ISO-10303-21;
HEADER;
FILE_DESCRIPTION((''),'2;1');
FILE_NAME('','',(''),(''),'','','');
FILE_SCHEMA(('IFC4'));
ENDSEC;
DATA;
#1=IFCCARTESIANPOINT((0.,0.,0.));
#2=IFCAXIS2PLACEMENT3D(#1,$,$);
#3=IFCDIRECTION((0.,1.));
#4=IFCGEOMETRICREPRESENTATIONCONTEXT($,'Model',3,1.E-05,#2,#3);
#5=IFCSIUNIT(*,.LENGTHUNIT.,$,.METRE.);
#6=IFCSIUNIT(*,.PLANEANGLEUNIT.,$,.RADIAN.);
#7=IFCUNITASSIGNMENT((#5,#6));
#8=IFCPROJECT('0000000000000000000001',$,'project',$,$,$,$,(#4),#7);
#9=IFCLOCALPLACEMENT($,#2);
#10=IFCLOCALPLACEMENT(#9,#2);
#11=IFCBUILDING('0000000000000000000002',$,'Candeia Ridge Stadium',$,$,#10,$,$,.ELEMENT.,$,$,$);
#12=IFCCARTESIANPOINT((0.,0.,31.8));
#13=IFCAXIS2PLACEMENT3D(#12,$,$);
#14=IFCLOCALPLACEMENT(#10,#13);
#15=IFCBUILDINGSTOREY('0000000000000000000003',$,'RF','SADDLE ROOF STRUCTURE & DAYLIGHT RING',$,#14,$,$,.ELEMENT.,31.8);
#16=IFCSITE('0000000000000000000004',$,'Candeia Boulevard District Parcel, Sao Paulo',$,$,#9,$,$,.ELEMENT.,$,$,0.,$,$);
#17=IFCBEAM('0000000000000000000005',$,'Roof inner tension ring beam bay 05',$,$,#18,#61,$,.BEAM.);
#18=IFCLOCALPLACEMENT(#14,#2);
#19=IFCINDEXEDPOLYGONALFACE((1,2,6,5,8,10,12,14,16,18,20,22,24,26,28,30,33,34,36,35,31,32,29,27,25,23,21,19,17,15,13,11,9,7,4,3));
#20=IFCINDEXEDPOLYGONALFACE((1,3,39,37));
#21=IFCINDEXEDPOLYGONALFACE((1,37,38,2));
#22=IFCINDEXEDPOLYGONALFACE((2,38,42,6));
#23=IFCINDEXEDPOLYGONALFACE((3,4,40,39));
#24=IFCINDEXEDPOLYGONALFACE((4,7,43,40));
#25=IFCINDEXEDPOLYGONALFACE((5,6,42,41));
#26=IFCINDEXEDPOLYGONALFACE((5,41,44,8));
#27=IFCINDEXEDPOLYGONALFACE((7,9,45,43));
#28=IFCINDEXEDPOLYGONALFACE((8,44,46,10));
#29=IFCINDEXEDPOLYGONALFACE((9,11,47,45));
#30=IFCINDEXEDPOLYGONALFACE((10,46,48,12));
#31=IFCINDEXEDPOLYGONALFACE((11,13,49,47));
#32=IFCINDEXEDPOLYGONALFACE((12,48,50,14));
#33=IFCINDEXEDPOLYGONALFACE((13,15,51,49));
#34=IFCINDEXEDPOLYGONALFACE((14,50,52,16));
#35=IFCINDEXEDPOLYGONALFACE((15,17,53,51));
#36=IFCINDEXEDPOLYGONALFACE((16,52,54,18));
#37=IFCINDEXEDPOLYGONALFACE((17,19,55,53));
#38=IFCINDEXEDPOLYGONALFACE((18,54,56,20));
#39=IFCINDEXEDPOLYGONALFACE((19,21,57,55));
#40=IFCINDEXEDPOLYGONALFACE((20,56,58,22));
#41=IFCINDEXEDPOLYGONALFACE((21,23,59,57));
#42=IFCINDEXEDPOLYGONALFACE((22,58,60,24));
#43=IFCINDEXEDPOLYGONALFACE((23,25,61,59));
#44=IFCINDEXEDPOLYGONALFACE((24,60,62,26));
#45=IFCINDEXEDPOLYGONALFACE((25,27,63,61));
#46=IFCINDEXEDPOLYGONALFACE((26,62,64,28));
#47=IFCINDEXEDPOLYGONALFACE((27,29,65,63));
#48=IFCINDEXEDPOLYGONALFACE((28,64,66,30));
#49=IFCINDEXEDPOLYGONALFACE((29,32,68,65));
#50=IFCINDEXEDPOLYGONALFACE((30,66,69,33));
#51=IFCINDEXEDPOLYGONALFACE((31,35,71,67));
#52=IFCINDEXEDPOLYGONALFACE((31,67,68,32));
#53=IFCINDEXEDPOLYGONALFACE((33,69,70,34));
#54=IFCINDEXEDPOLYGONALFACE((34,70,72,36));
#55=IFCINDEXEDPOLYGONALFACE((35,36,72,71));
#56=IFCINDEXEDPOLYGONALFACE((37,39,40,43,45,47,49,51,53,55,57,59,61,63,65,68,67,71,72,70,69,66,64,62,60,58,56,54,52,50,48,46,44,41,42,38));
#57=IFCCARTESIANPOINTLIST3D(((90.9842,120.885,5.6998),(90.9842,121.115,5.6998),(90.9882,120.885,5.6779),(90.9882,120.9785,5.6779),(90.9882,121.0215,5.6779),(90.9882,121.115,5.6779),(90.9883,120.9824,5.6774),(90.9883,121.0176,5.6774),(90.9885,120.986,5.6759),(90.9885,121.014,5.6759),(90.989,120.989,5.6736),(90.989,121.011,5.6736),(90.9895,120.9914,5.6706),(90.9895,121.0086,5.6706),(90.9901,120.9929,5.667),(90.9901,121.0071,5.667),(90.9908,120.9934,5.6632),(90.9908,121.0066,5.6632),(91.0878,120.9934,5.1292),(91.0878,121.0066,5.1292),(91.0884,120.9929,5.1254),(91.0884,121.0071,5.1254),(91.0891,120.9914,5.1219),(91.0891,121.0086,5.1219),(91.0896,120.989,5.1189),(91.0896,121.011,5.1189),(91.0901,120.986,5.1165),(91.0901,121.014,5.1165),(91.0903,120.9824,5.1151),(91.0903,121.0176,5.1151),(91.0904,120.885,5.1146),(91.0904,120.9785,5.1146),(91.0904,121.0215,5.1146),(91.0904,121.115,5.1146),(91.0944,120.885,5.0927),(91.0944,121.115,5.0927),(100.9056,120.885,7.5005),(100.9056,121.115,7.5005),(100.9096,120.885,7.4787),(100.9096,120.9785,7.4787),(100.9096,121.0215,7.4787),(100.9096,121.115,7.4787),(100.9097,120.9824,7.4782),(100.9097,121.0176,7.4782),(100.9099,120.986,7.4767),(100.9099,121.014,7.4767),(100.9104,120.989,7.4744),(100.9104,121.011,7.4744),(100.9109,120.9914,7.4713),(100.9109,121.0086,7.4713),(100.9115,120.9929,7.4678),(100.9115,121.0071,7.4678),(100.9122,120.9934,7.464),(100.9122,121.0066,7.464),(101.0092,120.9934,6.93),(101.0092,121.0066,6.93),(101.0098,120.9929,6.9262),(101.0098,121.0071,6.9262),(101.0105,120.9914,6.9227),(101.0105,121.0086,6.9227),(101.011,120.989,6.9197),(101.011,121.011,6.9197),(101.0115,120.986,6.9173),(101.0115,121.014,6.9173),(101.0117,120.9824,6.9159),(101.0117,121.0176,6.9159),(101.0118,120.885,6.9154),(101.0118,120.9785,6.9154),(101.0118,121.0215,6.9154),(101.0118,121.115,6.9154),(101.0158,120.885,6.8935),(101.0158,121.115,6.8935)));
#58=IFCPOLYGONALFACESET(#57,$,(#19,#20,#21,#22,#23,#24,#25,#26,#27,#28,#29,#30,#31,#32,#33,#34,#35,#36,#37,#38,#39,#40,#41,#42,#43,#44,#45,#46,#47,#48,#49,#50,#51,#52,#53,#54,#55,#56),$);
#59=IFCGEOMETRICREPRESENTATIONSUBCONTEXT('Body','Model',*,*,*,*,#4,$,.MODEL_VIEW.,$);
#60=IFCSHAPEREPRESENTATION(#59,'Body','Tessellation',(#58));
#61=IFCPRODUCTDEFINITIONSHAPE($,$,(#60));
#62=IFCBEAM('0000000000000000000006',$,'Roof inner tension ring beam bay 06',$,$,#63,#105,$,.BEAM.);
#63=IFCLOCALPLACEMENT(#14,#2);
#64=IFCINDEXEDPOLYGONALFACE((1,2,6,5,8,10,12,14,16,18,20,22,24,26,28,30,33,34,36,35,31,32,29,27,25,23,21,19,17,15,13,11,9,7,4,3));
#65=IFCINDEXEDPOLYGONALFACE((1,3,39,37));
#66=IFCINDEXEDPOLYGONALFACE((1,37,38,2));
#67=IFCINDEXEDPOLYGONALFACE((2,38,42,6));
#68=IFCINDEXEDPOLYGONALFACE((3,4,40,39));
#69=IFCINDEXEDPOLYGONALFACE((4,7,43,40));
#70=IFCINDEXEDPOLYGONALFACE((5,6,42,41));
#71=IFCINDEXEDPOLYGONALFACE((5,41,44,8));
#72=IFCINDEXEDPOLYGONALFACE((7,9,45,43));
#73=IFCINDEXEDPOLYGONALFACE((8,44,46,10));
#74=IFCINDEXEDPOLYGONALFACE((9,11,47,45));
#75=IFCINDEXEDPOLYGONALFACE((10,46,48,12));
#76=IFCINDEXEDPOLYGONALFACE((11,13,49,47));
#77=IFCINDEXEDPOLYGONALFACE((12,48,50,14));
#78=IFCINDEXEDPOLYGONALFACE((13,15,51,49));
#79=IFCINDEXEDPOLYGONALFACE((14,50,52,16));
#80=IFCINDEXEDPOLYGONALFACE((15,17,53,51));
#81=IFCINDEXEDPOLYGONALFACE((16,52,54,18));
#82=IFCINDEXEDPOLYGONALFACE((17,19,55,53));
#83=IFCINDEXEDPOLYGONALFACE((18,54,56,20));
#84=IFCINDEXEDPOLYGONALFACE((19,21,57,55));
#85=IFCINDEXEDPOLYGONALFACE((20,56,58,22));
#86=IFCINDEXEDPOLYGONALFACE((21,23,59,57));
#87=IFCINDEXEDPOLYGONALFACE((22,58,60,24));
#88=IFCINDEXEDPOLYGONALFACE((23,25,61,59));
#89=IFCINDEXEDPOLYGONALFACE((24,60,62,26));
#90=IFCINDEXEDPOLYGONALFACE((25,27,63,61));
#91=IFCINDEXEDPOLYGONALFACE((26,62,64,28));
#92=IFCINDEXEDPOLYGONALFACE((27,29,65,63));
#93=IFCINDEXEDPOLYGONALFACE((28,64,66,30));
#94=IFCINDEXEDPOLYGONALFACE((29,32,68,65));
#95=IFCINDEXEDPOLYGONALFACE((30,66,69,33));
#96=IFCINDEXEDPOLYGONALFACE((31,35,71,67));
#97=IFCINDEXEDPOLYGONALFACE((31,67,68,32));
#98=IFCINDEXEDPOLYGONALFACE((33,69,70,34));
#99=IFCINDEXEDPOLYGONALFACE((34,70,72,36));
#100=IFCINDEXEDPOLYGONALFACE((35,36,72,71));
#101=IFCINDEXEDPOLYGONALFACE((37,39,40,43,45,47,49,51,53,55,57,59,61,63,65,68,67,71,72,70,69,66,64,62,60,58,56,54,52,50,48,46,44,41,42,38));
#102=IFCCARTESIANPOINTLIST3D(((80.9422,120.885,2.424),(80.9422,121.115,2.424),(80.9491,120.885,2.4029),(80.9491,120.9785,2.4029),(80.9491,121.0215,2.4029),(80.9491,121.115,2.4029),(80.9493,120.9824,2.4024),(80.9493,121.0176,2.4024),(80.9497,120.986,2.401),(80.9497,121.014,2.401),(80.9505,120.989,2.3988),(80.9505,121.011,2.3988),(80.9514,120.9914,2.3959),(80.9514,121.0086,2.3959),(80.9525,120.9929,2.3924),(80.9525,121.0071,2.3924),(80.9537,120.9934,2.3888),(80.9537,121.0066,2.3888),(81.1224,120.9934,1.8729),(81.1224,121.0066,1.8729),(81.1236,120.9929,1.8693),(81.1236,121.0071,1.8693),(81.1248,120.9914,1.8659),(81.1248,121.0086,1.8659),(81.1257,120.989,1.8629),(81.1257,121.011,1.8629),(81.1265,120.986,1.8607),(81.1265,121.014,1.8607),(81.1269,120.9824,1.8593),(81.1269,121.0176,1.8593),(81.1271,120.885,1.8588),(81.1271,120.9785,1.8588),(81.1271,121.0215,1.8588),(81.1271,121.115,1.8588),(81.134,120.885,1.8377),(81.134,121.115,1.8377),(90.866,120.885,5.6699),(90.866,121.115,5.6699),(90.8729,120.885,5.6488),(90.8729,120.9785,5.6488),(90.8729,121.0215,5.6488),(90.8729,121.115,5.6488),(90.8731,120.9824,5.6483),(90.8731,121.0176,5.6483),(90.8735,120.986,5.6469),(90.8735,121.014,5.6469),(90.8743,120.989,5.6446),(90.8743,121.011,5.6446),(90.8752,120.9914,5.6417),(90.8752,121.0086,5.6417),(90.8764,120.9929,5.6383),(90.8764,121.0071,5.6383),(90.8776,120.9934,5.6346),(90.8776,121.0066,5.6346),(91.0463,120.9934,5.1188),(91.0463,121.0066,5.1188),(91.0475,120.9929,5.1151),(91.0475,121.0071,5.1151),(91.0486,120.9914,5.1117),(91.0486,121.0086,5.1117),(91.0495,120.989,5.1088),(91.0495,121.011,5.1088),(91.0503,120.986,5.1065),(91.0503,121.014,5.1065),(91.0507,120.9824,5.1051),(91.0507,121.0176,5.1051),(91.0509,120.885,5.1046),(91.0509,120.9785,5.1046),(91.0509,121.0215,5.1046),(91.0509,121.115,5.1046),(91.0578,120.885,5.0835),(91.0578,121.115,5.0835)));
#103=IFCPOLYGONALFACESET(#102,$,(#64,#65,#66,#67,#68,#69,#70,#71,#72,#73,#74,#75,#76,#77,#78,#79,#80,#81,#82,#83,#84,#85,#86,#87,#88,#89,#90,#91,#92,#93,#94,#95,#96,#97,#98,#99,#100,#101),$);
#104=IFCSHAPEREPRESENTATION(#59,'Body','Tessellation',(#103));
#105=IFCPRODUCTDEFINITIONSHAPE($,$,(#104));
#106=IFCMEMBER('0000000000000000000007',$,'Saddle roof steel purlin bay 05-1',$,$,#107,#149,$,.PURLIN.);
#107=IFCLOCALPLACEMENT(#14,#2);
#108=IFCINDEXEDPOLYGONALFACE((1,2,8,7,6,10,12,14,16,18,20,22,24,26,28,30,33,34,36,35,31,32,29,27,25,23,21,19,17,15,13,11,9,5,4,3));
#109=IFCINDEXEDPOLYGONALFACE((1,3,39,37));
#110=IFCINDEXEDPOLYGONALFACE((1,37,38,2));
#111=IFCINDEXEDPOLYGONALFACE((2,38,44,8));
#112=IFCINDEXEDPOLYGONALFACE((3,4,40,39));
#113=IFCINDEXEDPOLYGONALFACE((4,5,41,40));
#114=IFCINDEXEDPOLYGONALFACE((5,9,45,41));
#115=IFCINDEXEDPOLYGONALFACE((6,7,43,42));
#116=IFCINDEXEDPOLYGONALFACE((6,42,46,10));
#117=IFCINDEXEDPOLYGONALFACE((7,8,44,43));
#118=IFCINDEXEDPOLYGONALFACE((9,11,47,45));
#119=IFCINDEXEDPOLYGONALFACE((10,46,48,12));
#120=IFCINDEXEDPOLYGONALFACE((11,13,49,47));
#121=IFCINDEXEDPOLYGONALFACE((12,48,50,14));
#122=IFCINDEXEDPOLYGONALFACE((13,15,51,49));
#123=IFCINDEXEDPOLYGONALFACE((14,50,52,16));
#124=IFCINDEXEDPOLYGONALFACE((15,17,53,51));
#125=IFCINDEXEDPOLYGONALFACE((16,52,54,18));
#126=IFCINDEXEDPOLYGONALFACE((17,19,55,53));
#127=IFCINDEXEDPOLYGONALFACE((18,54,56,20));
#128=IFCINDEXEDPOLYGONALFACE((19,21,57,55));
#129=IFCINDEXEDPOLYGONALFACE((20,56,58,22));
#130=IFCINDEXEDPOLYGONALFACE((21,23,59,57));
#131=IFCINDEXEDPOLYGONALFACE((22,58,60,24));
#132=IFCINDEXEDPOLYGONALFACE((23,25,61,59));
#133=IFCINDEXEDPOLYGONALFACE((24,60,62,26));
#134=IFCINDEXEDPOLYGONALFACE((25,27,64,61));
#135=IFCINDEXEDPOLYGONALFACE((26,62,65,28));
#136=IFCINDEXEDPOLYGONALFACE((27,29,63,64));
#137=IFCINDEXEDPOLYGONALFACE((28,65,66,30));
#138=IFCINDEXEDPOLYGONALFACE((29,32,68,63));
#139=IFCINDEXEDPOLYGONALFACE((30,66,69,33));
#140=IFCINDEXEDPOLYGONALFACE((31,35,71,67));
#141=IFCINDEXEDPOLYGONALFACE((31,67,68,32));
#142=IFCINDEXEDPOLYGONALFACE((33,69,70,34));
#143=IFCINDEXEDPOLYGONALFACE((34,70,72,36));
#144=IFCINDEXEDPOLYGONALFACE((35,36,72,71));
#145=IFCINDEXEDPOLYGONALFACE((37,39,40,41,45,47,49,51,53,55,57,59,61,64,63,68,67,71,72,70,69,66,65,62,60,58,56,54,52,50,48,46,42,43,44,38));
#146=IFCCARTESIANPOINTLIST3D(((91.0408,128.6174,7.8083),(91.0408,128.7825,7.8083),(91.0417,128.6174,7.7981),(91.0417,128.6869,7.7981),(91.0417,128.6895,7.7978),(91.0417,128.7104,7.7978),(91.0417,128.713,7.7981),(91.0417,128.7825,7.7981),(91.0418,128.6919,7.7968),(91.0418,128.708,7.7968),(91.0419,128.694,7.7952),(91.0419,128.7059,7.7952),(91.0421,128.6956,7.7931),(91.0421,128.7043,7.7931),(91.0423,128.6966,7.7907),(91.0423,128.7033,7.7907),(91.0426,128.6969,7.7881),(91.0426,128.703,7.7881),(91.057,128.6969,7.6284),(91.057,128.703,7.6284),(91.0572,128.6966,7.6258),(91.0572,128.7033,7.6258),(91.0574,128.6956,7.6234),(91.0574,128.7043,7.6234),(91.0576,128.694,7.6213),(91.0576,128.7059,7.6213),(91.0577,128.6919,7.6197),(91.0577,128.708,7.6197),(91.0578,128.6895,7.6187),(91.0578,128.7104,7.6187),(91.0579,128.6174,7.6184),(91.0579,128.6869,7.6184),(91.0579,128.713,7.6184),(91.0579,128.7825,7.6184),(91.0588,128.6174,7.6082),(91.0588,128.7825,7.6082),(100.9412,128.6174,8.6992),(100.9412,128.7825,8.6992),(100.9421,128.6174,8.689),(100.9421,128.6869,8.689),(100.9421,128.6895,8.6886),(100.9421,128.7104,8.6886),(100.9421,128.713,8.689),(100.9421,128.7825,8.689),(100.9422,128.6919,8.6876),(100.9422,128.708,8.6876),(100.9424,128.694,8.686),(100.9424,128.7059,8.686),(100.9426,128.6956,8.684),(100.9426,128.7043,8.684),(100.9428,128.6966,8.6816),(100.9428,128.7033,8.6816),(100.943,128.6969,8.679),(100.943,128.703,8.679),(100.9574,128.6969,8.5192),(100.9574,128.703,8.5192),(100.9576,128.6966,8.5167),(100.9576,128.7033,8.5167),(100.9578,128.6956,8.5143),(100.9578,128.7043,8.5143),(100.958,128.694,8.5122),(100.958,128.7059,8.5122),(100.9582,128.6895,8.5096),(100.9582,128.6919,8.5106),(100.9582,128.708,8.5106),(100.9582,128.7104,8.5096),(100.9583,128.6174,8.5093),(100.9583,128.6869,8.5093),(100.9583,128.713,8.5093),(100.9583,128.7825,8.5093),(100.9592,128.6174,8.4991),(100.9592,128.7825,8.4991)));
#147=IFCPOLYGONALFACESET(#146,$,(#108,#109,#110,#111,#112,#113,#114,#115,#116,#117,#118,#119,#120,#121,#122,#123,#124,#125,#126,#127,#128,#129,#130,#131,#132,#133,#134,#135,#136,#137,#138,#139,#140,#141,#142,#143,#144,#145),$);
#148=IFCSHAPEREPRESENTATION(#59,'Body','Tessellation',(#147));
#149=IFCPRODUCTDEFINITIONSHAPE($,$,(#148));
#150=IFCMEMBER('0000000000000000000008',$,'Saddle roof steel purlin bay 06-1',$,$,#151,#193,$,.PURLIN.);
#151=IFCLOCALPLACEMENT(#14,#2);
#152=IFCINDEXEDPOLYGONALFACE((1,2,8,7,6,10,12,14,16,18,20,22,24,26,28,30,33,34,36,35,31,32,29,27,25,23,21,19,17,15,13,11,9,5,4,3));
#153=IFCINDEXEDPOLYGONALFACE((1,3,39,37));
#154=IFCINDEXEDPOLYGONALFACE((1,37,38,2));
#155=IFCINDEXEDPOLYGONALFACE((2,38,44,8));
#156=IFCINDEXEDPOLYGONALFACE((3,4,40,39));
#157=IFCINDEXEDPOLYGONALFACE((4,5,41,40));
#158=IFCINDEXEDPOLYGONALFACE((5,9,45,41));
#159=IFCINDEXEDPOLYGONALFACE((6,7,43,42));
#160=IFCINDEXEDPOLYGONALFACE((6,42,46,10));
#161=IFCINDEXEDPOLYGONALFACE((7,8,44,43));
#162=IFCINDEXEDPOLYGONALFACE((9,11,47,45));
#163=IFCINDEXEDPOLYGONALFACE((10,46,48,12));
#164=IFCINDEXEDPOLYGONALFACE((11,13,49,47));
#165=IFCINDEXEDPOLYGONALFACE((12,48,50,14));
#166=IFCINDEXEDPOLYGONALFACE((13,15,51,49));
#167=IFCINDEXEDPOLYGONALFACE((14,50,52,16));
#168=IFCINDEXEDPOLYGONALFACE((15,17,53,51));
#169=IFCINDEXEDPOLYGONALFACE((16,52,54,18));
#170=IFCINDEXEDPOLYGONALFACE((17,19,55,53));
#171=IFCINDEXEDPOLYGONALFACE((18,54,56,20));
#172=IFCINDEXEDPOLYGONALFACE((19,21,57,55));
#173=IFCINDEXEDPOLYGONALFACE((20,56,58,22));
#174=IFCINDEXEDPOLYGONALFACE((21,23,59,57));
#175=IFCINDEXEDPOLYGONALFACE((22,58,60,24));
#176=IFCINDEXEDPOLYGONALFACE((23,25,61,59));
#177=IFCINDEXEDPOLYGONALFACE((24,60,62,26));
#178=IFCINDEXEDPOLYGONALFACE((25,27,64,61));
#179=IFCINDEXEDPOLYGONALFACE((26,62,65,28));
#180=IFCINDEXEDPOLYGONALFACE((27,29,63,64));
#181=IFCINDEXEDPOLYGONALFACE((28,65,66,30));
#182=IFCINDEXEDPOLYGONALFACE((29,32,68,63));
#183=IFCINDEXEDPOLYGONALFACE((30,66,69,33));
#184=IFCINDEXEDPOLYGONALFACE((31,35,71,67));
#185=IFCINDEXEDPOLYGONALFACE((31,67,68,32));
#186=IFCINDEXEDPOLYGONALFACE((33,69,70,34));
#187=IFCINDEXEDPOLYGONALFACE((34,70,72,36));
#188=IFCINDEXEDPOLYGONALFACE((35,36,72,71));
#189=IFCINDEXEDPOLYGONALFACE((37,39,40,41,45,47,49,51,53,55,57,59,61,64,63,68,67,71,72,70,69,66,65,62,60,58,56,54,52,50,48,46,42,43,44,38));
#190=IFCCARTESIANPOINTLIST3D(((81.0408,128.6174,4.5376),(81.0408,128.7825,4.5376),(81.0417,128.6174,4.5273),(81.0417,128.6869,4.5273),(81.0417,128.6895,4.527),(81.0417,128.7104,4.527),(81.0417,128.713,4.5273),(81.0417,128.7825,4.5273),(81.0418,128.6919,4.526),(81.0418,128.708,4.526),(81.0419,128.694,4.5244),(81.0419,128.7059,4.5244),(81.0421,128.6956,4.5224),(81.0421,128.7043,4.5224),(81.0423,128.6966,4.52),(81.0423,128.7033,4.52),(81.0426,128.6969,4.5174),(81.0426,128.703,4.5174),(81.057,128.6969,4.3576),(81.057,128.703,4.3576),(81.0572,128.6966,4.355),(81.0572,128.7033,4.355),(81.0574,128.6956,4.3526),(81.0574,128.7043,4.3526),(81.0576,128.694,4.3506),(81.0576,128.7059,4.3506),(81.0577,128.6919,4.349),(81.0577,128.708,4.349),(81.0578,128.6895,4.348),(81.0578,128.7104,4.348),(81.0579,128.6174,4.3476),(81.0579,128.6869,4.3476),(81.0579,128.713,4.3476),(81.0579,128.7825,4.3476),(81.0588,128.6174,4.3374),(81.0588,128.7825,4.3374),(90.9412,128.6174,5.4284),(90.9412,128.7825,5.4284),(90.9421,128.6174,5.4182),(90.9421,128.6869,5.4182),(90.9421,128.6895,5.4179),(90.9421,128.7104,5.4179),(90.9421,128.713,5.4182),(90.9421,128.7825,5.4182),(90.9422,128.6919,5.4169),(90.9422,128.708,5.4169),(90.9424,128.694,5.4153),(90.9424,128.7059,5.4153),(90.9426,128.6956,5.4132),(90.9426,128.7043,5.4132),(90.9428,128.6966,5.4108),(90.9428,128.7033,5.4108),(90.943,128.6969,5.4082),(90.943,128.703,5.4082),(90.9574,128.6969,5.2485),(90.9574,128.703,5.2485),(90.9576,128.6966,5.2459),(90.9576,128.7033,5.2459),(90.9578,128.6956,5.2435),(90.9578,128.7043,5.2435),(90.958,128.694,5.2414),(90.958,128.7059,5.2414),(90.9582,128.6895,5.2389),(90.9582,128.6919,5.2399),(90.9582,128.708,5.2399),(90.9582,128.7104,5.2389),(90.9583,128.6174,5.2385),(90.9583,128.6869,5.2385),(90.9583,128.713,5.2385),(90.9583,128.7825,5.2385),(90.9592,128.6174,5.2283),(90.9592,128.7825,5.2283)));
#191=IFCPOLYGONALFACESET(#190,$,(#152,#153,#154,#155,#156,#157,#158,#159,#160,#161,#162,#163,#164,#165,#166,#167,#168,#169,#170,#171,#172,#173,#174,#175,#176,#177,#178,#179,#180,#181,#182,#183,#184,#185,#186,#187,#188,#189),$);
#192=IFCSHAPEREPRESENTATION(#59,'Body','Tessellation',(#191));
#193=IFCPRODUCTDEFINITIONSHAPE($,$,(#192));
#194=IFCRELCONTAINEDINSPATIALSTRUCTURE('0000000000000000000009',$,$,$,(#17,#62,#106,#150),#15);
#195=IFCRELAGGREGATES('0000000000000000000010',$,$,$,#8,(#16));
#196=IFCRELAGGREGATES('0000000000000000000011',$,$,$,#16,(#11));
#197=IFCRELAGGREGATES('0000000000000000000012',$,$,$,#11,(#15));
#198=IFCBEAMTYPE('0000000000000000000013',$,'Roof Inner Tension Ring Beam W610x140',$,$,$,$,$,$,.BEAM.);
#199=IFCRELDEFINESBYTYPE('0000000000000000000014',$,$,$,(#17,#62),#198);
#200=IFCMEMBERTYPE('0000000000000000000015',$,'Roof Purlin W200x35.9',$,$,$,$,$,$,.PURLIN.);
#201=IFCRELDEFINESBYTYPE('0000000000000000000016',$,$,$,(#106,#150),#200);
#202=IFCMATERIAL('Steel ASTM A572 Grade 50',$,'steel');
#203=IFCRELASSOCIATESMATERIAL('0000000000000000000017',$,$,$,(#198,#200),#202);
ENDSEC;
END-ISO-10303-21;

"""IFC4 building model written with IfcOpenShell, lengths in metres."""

from ifc_helpers import new_model, si_unit, direction, frame, origin, origin_2d, place, context, subcontext, project, spatial, i_section, extrude, material, material_profile, profile_set, type_object, element, save


model = new_model("IFC4")

# Units and contexts
model_context = context("Model", 3, precision=1e-05, world=origin(), true_north=direction((0.0, 1.0)))
body_context = subcontext(model_context, "Body", "Model", "MODEL_VIEW")
ifc_project = project(units=[si_unit("LENGTHUNIT", "METRE"), si_unit("PLANEANGLEUNIT", "RADIAN")], contexts=[model_context])

# Site, building, storey
site_placement = place(None, origin())
site = spatial("IfcSite", under=ifc_project, at=site_placement, Name="Candeia Boulevard District Parcel, Sao Paulo", CompositionType="ELEMENT", RefElevation=0.0)
building_placement = place(site_placement, origin())
building = spatial("IfcBuilding", under=site, at=building_placement, Name="Candeia Ridge Stadium", CompositionType="ELEMENT")
storey_placement = place(building_placement, frame((0.0, 0.0, 31.8)))
storey = spatial("IfcBuildingStorey", under=building, at=storey_placement, Name="RF", Description="SADDLE ROOF STRUCTURE & DAYLIGHT RING", CompositionType="ELEMENT", Elevation=31.8)

# Beams
ifc_material_1 = material(Name="Steel ASTM A572 Grade 50", Category="steel")
ifc_material_profile_1 = material_profile(ifc_material_1, i_section(OverallWidth=0.23, OverallDepth=0.6169, WebThickness=0.0132, FlangeThickness=0.0222, FilletRadius=0.0149, at=origin_2d()), Name="W610x140", Category="steel")
ifc_profile_set_1 = profile_set([ifc_material_profile_1], Name="Steel ASTM A572 Grade 50")
beam_type = type_object("IfcBeamType", Name="Roof Inner Tension Ring Beam W610x140", PredefinedType="BEAM", material=ifc_profile_set_1)
beam_1_placement = place(storey_placement, frame((100.9607, 121.0, 7.197), z_axis=(-0.983924, 0.0, -0.178587), x_axis=(0.0, -1.0, 0.0)))
element("IfcBeam", 1, at=beam_1_placement, inside=storey, type_object=beam_type, Name="Roof inner tension ring beam bay 05", PredefinedType="BEAM", context=body_context, shape_type="SweptSolid", body=[
    extrude(i_section(OverallWidth=0.23, OverallDepth=0.6169, WebThickness=0.0132, FlangeThickness=0.0222, FilletRadius=0.0149, at=origin_2d()), origin(), (0.0, 0.0, 1.0), 10.0835),
])
beam_2_placement = place(storey_placement, frame((90.9619, 121.0, 5.3767), z_axis=(-0.950452, 0.0, -0.31087), x_axis=(0.0, -1.0, 0.0)))
element("IfcBeam", 2, at=beam_2_placement, inside=storey, type_object=beam_type, Name="Roof inner tension ring beam bay 06", PredefinedType="BEAM", context=body_context, shape_type="SweptSolid", body=[
    extrude(i_section(OverallWidth=0.23, OverallDepth=0.6169, WebThickness=0.0132, FlangeThickness=0.0222, FilletRadius=0.0149, at=origin_2d()), origin(), (0.0, 0.0, 1.0), 10.4412),
])

# Members
ifc_material_profile_2 = material_profile(ifc_material_1, i_section(OverallWidth=0.165, OverallDepth=0.2009, WebThickness=0.0061, FlangeThickness=0.0103, FilletRadius=0.01, at=origin_2d()), Name="W200x35.9", Category="steel")
ifc_profile_set_2 = profile_set([ifc_material_profile_2], Name="Steel ASTM A572 Grade 50")
member_type_1 = type_object("IfcMemberType", Name="Roof Purlin W200x35.9", PredefinedType="PURLIN", material=ifc_profile_set_2)
for number, where, z_axis, x_axis, name in (
    (3, (100.9502, 128.7, 8.5991), (-0.995976, 0.0, -0.089621), (0.0, -1.0, 0.0), "Saddle roof steel purlin bay 05-1"),
    (4, (90.9502, 128.7, 5.3284), (-0.995976, 0.0, -0.089621), (0.0, -1.0, 0.0), "Saddle roof steel purlin bay 06-1"),
):
    element("IfcMember", number, at=place(storey_placement, frame(where, z_axis=z_axis, x_axis=x_axis)), inside=storey, type_object=member_type_1, Name=name, PredefinedType="PURLIN", context=body_context, shape_type="SweptSolid", body=[
        extrude(i_section(OverallWidth=0.165, OverallDepth=0.2009, WebThickness=0.0061, FlangeThickness=0.0103, FilletRadius=0.01, at=origin_2d()), origin(), (0.0, 0.0, 1.0), 9.9404),
    ])

save(model, "model.ifc")
